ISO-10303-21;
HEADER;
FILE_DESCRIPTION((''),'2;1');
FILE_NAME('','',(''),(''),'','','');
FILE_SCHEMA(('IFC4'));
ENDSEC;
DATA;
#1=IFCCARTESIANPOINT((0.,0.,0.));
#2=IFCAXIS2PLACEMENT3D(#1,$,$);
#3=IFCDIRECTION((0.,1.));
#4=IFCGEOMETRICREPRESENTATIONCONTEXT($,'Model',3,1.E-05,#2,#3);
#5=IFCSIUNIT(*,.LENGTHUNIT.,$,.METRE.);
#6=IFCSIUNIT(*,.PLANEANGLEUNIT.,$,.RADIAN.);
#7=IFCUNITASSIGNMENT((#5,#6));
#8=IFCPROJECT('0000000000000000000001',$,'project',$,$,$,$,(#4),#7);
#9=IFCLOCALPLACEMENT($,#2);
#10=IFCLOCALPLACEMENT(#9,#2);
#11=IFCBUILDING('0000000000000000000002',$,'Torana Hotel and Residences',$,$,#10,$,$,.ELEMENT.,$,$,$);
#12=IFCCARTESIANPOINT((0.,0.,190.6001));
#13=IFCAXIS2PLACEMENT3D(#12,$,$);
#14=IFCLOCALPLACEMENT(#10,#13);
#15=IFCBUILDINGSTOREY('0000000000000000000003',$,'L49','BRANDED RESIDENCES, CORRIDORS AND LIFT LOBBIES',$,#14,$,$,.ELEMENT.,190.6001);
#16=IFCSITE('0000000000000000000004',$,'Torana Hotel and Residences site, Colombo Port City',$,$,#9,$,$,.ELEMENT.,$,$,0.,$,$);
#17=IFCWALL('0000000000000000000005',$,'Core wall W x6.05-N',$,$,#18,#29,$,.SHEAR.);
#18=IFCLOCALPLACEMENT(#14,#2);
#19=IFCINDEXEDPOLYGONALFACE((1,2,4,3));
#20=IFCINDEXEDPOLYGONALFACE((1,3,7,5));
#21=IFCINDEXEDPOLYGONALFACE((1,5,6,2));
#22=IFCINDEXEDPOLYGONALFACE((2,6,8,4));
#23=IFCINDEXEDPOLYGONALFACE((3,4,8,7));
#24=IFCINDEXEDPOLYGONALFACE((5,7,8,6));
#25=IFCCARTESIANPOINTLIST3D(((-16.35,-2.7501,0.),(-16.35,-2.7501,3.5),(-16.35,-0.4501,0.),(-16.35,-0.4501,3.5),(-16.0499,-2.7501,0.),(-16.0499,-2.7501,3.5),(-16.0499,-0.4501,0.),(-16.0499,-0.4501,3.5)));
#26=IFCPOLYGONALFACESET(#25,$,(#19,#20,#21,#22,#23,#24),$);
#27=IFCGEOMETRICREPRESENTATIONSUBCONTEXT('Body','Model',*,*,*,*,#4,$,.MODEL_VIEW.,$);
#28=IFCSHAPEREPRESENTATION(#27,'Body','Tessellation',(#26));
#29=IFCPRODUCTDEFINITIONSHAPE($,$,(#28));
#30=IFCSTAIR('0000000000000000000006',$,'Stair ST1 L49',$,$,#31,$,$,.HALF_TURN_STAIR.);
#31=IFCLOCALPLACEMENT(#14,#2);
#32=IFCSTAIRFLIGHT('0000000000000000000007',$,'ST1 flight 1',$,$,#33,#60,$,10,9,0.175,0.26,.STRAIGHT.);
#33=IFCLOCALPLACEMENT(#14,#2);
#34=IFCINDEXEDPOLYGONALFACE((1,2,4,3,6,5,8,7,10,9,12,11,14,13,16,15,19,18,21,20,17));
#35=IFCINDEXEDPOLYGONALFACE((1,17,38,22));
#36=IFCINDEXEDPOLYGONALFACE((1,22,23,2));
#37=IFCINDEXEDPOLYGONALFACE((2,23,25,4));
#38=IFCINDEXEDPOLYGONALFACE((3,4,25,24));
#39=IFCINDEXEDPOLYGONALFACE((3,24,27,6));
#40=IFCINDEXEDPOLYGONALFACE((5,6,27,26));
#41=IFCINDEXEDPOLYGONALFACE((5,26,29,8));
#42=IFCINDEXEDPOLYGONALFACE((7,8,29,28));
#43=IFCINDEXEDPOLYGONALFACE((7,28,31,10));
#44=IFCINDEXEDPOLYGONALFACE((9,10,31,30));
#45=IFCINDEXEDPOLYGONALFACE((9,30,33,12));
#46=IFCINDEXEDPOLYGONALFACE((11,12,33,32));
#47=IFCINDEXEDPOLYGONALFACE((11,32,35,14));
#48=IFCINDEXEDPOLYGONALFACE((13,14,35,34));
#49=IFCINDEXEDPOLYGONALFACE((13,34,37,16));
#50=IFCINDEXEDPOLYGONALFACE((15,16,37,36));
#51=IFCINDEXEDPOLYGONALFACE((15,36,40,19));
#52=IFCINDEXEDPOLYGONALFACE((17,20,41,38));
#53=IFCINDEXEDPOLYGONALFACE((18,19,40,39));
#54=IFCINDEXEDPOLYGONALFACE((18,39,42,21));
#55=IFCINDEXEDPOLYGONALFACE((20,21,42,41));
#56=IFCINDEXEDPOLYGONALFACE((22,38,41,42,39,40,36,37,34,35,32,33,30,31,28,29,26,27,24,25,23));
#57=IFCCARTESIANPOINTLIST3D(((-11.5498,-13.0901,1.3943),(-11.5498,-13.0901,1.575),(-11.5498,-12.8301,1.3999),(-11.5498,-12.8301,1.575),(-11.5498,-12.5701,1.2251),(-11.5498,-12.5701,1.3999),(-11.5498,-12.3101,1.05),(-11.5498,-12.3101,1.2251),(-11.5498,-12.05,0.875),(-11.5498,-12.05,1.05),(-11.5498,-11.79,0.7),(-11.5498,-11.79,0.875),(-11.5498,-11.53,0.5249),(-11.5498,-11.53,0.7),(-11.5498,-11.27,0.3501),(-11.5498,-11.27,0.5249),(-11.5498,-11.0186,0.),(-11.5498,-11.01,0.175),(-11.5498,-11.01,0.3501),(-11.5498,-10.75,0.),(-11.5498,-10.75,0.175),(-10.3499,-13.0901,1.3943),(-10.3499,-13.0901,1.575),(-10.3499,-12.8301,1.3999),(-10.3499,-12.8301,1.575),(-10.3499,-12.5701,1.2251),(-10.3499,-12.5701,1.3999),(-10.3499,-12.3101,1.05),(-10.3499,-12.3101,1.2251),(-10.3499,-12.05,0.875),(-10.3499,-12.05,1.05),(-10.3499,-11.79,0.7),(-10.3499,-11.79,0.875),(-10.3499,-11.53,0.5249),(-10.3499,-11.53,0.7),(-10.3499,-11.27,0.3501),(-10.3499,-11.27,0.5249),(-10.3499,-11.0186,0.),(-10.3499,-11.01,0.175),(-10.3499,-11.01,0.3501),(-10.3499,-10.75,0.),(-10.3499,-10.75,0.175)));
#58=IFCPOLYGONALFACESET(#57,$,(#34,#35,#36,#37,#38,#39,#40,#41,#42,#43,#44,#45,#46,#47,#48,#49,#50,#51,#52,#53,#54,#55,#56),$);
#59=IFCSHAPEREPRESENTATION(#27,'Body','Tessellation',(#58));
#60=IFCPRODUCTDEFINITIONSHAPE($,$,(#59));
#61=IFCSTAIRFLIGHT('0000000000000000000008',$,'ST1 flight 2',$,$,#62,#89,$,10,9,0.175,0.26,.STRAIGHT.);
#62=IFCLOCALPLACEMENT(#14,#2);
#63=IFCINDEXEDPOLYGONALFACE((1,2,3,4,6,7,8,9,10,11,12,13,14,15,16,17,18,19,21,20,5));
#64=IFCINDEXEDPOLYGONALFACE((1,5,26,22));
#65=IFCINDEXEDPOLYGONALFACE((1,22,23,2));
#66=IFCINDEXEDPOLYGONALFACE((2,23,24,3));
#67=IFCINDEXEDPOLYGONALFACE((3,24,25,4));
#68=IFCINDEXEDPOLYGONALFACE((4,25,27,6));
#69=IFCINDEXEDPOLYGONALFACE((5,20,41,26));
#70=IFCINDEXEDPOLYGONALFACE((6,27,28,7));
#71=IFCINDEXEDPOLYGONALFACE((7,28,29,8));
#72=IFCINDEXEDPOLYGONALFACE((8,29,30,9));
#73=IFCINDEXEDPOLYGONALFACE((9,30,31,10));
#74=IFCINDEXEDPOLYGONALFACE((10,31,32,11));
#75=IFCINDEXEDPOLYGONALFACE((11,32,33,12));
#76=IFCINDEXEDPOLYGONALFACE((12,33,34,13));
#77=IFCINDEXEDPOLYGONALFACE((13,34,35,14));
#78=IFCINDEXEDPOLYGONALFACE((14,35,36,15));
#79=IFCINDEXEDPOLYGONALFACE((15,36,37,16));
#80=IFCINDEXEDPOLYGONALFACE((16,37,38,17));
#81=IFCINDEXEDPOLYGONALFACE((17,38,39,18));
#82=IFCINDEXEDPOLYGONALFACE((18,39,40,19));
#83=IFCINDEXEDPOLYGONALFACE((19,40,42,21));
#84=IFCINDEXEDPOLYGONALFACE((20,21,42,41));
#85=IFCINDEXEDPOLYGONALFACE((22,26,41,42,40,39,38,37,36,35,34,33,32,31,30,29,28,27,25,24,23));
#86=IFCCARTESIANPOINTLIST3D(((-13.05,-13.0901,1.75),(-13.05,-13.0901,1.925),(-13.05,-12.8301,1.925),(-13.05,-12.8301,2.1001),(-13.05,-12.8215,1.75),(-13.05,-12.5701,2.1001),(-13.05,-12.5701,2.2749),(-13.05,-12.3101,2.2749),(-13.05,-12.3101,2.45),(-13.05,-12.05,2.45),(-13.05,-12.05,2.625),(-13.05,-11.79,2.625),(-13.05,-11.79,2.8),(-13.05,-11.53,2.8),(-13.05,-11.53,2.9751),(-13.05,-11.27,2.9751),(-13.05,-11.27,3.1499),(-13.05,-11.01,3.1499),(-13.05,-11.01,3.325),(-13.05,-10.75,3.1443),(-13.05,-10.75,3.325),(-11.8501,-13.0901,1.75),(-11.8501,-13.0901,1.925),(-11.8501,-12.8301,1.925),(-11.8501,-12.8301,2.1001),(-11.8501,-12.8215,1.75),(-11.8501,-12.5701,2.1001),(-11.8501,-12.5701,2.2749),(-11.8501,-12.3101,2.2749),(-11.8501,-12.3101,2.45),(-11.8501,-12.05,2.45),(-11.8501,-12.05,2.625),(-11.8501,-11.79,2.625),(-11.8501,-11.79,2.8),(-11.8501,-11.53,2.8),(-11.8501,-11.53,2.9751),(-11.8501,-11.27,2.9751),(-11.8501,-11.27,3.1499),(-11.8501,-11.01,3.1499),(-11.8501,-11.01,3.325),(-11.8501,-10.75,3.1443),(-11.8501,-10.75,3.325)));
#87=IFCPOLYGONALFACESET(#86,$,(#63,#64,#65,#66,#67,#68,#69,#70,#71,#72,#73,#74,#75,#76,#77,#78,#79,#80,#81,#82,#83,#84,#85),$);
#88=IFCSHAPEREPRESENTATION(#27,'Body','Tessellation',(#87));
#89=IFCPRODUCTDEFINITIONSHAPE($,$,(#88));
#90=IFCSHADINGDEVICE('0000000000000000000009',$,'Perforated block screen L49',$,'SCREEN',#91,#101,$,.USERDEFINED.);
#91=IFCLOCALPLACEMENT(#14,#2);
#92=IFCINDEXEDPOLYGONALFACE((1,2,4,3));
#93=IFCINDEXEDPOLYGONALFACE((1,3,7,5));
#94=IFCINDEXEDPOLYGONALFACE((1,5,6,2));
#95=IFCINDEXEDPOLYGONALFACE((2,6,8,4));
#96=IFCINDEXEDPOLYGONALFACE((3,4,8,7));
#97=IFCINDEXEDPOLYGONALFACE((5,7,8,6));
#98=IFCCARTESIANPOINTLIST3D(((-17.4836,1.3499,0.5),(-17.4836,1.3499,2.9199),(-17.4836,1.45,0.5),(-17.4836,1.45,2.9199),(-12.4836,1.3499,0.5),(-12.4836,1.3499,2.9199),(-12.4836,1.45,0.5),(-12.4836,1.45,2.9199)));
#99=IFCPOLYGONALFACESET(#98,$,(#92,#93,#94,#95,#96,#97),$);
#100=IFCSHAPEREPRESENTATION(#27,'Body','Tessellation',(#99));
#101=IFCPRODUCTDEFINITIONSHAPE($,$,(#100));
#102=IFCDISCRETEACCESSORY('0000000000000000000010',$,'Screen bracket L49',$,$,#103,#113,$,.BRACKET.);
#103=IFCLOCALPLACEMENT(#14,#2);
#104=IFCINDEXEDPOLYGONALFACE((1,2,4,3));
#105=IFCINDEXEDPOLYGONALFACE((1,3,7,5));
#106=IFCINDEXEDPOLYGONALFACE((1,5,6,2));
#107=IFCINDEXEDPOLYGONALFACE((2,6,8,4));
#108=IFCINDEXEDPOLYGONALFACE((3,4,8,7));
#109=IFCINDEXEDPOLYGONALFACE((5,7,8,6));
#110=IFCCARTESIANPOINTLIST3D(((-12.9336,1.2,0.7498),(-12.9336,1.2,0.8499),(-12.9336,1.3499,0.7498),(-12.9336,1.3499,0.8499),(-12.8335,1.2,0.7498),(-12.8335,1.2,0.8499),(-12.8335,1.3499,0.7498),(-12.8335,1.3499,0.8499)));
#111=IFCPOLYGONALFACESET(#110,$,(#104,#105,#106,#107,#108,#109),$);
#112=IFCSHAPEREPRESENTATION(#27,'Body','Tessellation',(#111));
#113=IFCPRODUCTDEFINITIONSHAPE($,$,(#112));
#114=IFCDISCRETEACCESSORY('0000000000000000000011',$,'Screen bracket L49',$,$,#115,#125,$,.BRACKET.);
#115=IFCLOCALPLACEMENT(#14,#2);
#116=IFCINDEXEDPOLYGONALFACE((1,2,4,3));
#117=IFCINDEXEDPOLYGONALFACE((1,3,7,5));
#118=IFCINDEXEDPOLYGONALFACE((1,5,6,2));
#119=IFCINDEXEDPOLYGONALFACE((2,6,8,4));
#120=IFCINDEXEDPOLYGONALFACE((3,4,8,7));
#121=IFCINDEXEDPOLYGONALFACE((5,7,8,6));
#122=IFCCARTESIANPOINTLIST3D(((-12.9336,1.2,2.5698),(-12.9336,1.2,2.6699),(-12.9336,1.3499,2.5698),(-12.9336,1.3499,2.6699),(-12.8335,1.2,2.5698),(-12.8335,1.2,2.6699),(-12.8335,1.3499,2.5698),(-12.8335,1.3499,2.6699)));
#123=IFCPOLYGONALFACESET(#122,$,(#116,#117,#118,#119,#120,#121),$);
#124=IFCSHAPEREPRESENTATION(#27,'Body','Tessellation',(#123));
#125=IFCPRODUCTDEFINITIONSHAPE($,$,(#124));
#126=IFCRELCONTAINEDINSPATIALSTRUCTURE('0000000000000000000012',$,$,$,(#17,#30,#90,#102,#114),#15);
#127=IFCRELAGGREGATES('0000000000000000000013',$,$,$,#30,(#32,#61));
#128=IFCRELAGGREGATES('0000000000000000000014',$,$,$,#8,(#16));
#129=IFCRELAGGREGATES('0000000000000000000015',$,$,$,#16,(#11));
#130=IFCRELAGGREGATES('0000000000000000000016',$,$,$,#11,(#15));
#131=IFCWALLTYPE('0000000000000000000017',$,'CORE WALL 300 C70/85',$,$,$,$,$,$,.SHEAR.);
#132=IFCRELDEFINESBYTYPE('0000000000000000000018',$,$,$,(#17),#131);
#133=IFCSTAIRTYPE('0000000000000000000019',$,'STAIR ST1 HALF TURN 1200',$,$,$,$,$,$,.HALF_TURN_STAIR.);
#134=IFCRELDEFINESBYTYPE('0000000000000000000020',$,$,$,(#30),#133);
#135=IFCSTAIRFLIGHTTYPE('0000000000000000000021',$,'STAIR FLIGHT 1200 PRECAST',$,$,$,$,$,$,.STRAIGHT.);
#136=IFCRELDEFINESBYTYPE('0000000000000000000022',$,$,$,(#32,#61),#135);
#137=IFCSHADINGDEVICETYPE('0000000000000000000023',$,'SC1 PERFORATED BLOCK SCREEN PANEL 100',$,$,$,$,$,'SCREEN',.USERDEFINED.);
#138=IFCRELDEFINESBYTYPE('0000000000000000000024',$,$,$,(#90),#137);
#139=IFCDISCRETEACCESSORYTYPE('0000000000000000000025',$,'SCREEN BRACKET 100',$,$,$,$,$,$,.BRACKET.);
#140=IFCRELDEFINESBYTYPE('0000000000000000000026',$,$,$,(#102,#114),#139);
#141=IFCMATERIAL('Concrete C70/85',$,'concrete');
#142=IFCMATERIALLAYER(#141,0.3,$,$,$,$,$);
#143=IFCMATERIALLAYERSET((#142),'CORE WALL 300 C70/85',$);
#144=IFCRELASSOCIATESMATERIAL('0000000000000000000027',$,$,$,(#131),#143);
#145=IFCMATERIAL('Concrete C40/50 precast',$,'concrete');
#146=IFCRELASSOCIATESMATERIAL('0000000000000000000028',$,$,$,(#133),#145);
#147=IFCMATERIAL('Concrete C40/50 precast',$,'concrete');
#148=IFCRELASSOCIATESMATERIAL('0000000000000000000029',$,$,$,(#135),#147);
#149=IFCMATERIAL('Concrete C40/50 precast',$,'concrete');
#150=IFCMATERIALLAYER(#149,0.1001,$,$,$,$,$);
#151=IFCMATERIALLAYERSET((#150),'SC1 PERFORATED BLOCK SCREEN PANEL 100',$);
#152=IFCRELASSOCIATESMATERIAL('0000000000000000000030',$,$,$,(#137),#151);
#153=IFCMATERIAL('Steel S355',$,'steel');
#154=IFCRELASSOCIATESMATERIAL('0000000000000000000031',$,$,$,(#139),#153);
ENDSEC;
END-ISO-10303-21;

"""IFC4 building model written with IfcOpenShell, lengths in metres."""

from ifc_helpers import new_model, si_unit, direction, frame, frame_2d, origin, origin_2d, place, context, subcontext, project, spatial, polyline, rectangle, outline, extrude, material, layer, layer_set, type_object, element, aggregate, save


model = new_model("IFC4")

# Units and contexts
model_context = context("Model", 3, precision=1e-05, world=origin(), true_north=direction((0.0, 1.0)))
body_context = subcontext(model_context, "Body", "Model", "MODEL_VIEW")
ifc_project = project(units=[si_unit("LENGTHUNIT", "METRE"), si_unit("PLANEANGLEUNIT", "RADIAN")], contexts=[model_context])

# Site, building, storey
site_placement = place(None, origin())
site = spatial("IfcSite", under=ifc_project, at=site_placement, Name="Torana Hotel and Residences site, Colombo Port City", CompositionType="ELEMENT", RefElevation=0.0)
building_placement = place(site_placement, origin())
building = spatial("IfcBuilding", under=site, at=building_placement, Name="Torana Hotel and Residences", CompositionType="ELEMENT")
storey_placement = place(building_placement, frame((0.0, 0.0, 190.6001)))
storey = spatial("IfcBuildingStorey", under=building, at=storey_placement, Name="L49", Description="BRANDED RESIDENCES, CORRIDORS AND LIFT LOBBIES", CompositionType="ELEMENT", Elevation=190.6001)

# Shared definitions
ifc_material_1 = material(Name="Concrete C70/85", Category="concrete")
ifc_layer_1 = layer(ifc_material_1, 0.3)
ifc_layer_set_1 = layer_set([ifc_layer_1], Name="CORE WALL 300 C70/85")
wall_type_1 = type_object("IfcWallType", Name="CORE WALL 300 C70/85", PredefinedType="SHEAR", material=ifc_layer_set_1)

# Wall
wall_1_placement = place(storey_placement, frame((-16.2, -2.75, 0.0), z_axis=(0.0, 0.0, 1.0), x_axis=(0.0, 1.0, 0.0)))
element("IfcWall", 1, at=wall_1_placement, inside=storey, type_object=wall_type_1, Name="Core wall W x6.05-N", PredefinedType="SHEAR", context=body_context, shape_type="SweptSolid", body=[
    extrude(rectangle(XDim=2.3, YDim=0.3, at=frame_2d((1.1499, 0.0))), origin(), (0.0, 0.0, 1.0), 3.5),
])

# Stair, stair flights
ifc_material_2 = material(Name="Concrete C40/50 precast", Category="concrete")
stair_type = type_object("IfcStairType", Name="STAIR ST1 HALF TURN 1200", PredefinedType="HALF_TURN_STAIR", material=ifc_material_2)
stair_placement = place(storey_placement, origin())
stair = element("IfcStair", 2, at=stair_placement, inside=storey, type_object=stair_type, Name="Stair ST1 L49", PredefinedType="HALF_TURN_STAIR")
ifc_material_3 = material(Name="Concrete C40/50 precast", Category="concrete")
stair_flight_type = type_object("IfcStairFlightType", Name="STAIR FLIGHT 1200 PRECAST", PredefinedType="STRAIGHT", material=ifc_material_3)
stair_flight_1_placement = place(storey_placement, frame((-10.95, -10.75, 0.0), z_axis=(0.0, 0.0, 1.0), x_axis=(0.0, -1.0, 0.0)))
stair_flight_1 = element("IfcStairFlight", 3, at=stair_flight_1_placement, type_object=stair_flight_type, Name="ST1 flight 1", NumberOfRisers=10, NumberOfTreads=9, PredefinedType="STRAIGHT", RiserHeight=0.175, TreadLength=0.26, context=body_context, shape_type="SweptSolid", body=[
    extrude(outline(polyline([(0.0, 0.0), (0.0, 0.175), (0.26, 0.175), (0.26, 0.3501), (0.52, 0.3501), (0.52, 0.5249), (0.78, 0.5249), (0.78, 0.7), (1.04, 0.7), (1.04, 0.875), (1.3, 0.875), (1.3, 1.05), (1.5601, 1.05), (1.5601, 1.2251), (1.8201, 1.2251), (1.8201, 1.3999), (2.0801, 1.3999), (2.0801, 1.575), (2.3401, 1.575), (2.3401, 1.75), (2.3401, 1.3943), (0.2686, 0.0), (0.0, 0.0)])), frame((0.0, 0.6001, 0.0), z_axis=(0.0, -1.0, 0.0), x_axis=(1.0, 0.0, 0.0)), (0.0, 0.0, 1.0), 1.2),
])
stair_flight_2_placement = place(storey_placement, frame((-12.45, -13.0901, 1.75), z_axis=(0.0, 0.0, 1.0), x_axis=(0.0, 1.0, 0.0)))
stair_flight_2 = element("IfcStairFlight", 4, at=stair_flight_2_placement, type_object=stair_flight_type, Name="ST1 flight 2", NumberOfRisers=10, NumberOfTreads=9, PredefinedType="STRAIGHT", RiserHeight=0.175, TreadLength=0.26, context=body_context, shape_type="SweptSolid", body=[
    extrude(outline(polyline([(0.0, 0.0), (0.0, 0.175), (0.26, 0.175), (0.26, 0.3501), (0.52, 0.3501), (0.52, 0.5249), (0.78, 0.5249), (0.78, 0.7), (1.04, 0.7), (1.04, 0.875), (1.3, 0.875), (1.3, 1.05), (1.5601, 1.05), (1.5601, 1.2251), (1.8201, 1.2251), (1.8201, 1.3999), (2.0801, 1.3999), (2.0801, 1.575), (2.3401, 1.575), (2.3401, 1.75), (2.3401, 1.3943), (0.2686, 0.0), (0.0, 0.0)])), frame((0.0, 0.6001, 0.0), z_axis=(0.0, -1.0, 0.0), x_axis=(1.0, 0.0, 0.0)), (0.0, 0.0, 1.0), 1.2),
])
aggregate(stair, [stair_flight_1, stair_flight_2])

# Shading device
ifc_material_4 = material(Name="Concrete C40/50 precast", Category="concrete")
ifc_layer_2 = layer(ifc_material_4, 0.1001)
ifc_layer_set_2 = layer_set([ifc_layer_2], Name="SC1 PERFORATED BLOCK SCREEN PANEL 100")
shading_device_type = type_object("IfcShadingDeviceType", Name="SC1 PERFORATED BLOCK SCREEN PANEL 100", ElementType="SCREEN", PredefinedType="USERDEFINED", material=ifc_layer_set_2)
shading_device_placement = place(storey_placement, frame((-14.9836, 1.3999, 0.5), z_axis=(0.0, 0.0, 1.0), x_axis=(-1.0, 0.0, 0.0)))
element("IfcShadingDevice", 5, at=shading_device_placement, inside=storey, type_object=shading_device_type, Name="Perforated block screen L49", ObjectType="SCREEN", PredefinedType="USERDEFINED", context=body_context, shape_type="SweptSolid", body=[
    extrude(rectangle(XDim=5.0, YDim=0.1001, at=origin_2d()), origin(), (0.0, 0.0, 1.0), 2.4199),
])

# Discrete accessories
ifc_material_5 = material(Name="Steel S355", Category="steel")
discrete_accessory_type = type_object("IfcDiscreteAccessoryType", Name="SCREEN BRACKET 100", PredefinedType="BRACKET", material=ifc_material_5)
for number, where, z_axis, x_axis, name in (
    (6, (-12.8835, 1.2749, 0.7498), (0.0, 0.0, 1.0), (-1.0, 0.0, 0.0), "Screen bracket L49"),
    (7, (-12.8835, 1.2749, 2.5698), (0.0, 0.0, 1.0), (-1.0, 0.0, 0.0), "Screen bracket L49"),
):
    element("IfcDiscreteAccessory", number, at=place(storey_placement, frame(where, z_axis=z_axis, x_axis=x_axis)), inside=storey, type_object=discrete_accessory_type, Name=name, PredefinedType="BRACKET", context=body_context, shape_type="SweptSolid", body=[
        extrude(rectangle(XDim=0.1001, YDim=0.1499, at=origin_2d()), origin(), (0.0, 0.0, 1.0), 0.1001),
    ])

save(model, "model.ifc")
